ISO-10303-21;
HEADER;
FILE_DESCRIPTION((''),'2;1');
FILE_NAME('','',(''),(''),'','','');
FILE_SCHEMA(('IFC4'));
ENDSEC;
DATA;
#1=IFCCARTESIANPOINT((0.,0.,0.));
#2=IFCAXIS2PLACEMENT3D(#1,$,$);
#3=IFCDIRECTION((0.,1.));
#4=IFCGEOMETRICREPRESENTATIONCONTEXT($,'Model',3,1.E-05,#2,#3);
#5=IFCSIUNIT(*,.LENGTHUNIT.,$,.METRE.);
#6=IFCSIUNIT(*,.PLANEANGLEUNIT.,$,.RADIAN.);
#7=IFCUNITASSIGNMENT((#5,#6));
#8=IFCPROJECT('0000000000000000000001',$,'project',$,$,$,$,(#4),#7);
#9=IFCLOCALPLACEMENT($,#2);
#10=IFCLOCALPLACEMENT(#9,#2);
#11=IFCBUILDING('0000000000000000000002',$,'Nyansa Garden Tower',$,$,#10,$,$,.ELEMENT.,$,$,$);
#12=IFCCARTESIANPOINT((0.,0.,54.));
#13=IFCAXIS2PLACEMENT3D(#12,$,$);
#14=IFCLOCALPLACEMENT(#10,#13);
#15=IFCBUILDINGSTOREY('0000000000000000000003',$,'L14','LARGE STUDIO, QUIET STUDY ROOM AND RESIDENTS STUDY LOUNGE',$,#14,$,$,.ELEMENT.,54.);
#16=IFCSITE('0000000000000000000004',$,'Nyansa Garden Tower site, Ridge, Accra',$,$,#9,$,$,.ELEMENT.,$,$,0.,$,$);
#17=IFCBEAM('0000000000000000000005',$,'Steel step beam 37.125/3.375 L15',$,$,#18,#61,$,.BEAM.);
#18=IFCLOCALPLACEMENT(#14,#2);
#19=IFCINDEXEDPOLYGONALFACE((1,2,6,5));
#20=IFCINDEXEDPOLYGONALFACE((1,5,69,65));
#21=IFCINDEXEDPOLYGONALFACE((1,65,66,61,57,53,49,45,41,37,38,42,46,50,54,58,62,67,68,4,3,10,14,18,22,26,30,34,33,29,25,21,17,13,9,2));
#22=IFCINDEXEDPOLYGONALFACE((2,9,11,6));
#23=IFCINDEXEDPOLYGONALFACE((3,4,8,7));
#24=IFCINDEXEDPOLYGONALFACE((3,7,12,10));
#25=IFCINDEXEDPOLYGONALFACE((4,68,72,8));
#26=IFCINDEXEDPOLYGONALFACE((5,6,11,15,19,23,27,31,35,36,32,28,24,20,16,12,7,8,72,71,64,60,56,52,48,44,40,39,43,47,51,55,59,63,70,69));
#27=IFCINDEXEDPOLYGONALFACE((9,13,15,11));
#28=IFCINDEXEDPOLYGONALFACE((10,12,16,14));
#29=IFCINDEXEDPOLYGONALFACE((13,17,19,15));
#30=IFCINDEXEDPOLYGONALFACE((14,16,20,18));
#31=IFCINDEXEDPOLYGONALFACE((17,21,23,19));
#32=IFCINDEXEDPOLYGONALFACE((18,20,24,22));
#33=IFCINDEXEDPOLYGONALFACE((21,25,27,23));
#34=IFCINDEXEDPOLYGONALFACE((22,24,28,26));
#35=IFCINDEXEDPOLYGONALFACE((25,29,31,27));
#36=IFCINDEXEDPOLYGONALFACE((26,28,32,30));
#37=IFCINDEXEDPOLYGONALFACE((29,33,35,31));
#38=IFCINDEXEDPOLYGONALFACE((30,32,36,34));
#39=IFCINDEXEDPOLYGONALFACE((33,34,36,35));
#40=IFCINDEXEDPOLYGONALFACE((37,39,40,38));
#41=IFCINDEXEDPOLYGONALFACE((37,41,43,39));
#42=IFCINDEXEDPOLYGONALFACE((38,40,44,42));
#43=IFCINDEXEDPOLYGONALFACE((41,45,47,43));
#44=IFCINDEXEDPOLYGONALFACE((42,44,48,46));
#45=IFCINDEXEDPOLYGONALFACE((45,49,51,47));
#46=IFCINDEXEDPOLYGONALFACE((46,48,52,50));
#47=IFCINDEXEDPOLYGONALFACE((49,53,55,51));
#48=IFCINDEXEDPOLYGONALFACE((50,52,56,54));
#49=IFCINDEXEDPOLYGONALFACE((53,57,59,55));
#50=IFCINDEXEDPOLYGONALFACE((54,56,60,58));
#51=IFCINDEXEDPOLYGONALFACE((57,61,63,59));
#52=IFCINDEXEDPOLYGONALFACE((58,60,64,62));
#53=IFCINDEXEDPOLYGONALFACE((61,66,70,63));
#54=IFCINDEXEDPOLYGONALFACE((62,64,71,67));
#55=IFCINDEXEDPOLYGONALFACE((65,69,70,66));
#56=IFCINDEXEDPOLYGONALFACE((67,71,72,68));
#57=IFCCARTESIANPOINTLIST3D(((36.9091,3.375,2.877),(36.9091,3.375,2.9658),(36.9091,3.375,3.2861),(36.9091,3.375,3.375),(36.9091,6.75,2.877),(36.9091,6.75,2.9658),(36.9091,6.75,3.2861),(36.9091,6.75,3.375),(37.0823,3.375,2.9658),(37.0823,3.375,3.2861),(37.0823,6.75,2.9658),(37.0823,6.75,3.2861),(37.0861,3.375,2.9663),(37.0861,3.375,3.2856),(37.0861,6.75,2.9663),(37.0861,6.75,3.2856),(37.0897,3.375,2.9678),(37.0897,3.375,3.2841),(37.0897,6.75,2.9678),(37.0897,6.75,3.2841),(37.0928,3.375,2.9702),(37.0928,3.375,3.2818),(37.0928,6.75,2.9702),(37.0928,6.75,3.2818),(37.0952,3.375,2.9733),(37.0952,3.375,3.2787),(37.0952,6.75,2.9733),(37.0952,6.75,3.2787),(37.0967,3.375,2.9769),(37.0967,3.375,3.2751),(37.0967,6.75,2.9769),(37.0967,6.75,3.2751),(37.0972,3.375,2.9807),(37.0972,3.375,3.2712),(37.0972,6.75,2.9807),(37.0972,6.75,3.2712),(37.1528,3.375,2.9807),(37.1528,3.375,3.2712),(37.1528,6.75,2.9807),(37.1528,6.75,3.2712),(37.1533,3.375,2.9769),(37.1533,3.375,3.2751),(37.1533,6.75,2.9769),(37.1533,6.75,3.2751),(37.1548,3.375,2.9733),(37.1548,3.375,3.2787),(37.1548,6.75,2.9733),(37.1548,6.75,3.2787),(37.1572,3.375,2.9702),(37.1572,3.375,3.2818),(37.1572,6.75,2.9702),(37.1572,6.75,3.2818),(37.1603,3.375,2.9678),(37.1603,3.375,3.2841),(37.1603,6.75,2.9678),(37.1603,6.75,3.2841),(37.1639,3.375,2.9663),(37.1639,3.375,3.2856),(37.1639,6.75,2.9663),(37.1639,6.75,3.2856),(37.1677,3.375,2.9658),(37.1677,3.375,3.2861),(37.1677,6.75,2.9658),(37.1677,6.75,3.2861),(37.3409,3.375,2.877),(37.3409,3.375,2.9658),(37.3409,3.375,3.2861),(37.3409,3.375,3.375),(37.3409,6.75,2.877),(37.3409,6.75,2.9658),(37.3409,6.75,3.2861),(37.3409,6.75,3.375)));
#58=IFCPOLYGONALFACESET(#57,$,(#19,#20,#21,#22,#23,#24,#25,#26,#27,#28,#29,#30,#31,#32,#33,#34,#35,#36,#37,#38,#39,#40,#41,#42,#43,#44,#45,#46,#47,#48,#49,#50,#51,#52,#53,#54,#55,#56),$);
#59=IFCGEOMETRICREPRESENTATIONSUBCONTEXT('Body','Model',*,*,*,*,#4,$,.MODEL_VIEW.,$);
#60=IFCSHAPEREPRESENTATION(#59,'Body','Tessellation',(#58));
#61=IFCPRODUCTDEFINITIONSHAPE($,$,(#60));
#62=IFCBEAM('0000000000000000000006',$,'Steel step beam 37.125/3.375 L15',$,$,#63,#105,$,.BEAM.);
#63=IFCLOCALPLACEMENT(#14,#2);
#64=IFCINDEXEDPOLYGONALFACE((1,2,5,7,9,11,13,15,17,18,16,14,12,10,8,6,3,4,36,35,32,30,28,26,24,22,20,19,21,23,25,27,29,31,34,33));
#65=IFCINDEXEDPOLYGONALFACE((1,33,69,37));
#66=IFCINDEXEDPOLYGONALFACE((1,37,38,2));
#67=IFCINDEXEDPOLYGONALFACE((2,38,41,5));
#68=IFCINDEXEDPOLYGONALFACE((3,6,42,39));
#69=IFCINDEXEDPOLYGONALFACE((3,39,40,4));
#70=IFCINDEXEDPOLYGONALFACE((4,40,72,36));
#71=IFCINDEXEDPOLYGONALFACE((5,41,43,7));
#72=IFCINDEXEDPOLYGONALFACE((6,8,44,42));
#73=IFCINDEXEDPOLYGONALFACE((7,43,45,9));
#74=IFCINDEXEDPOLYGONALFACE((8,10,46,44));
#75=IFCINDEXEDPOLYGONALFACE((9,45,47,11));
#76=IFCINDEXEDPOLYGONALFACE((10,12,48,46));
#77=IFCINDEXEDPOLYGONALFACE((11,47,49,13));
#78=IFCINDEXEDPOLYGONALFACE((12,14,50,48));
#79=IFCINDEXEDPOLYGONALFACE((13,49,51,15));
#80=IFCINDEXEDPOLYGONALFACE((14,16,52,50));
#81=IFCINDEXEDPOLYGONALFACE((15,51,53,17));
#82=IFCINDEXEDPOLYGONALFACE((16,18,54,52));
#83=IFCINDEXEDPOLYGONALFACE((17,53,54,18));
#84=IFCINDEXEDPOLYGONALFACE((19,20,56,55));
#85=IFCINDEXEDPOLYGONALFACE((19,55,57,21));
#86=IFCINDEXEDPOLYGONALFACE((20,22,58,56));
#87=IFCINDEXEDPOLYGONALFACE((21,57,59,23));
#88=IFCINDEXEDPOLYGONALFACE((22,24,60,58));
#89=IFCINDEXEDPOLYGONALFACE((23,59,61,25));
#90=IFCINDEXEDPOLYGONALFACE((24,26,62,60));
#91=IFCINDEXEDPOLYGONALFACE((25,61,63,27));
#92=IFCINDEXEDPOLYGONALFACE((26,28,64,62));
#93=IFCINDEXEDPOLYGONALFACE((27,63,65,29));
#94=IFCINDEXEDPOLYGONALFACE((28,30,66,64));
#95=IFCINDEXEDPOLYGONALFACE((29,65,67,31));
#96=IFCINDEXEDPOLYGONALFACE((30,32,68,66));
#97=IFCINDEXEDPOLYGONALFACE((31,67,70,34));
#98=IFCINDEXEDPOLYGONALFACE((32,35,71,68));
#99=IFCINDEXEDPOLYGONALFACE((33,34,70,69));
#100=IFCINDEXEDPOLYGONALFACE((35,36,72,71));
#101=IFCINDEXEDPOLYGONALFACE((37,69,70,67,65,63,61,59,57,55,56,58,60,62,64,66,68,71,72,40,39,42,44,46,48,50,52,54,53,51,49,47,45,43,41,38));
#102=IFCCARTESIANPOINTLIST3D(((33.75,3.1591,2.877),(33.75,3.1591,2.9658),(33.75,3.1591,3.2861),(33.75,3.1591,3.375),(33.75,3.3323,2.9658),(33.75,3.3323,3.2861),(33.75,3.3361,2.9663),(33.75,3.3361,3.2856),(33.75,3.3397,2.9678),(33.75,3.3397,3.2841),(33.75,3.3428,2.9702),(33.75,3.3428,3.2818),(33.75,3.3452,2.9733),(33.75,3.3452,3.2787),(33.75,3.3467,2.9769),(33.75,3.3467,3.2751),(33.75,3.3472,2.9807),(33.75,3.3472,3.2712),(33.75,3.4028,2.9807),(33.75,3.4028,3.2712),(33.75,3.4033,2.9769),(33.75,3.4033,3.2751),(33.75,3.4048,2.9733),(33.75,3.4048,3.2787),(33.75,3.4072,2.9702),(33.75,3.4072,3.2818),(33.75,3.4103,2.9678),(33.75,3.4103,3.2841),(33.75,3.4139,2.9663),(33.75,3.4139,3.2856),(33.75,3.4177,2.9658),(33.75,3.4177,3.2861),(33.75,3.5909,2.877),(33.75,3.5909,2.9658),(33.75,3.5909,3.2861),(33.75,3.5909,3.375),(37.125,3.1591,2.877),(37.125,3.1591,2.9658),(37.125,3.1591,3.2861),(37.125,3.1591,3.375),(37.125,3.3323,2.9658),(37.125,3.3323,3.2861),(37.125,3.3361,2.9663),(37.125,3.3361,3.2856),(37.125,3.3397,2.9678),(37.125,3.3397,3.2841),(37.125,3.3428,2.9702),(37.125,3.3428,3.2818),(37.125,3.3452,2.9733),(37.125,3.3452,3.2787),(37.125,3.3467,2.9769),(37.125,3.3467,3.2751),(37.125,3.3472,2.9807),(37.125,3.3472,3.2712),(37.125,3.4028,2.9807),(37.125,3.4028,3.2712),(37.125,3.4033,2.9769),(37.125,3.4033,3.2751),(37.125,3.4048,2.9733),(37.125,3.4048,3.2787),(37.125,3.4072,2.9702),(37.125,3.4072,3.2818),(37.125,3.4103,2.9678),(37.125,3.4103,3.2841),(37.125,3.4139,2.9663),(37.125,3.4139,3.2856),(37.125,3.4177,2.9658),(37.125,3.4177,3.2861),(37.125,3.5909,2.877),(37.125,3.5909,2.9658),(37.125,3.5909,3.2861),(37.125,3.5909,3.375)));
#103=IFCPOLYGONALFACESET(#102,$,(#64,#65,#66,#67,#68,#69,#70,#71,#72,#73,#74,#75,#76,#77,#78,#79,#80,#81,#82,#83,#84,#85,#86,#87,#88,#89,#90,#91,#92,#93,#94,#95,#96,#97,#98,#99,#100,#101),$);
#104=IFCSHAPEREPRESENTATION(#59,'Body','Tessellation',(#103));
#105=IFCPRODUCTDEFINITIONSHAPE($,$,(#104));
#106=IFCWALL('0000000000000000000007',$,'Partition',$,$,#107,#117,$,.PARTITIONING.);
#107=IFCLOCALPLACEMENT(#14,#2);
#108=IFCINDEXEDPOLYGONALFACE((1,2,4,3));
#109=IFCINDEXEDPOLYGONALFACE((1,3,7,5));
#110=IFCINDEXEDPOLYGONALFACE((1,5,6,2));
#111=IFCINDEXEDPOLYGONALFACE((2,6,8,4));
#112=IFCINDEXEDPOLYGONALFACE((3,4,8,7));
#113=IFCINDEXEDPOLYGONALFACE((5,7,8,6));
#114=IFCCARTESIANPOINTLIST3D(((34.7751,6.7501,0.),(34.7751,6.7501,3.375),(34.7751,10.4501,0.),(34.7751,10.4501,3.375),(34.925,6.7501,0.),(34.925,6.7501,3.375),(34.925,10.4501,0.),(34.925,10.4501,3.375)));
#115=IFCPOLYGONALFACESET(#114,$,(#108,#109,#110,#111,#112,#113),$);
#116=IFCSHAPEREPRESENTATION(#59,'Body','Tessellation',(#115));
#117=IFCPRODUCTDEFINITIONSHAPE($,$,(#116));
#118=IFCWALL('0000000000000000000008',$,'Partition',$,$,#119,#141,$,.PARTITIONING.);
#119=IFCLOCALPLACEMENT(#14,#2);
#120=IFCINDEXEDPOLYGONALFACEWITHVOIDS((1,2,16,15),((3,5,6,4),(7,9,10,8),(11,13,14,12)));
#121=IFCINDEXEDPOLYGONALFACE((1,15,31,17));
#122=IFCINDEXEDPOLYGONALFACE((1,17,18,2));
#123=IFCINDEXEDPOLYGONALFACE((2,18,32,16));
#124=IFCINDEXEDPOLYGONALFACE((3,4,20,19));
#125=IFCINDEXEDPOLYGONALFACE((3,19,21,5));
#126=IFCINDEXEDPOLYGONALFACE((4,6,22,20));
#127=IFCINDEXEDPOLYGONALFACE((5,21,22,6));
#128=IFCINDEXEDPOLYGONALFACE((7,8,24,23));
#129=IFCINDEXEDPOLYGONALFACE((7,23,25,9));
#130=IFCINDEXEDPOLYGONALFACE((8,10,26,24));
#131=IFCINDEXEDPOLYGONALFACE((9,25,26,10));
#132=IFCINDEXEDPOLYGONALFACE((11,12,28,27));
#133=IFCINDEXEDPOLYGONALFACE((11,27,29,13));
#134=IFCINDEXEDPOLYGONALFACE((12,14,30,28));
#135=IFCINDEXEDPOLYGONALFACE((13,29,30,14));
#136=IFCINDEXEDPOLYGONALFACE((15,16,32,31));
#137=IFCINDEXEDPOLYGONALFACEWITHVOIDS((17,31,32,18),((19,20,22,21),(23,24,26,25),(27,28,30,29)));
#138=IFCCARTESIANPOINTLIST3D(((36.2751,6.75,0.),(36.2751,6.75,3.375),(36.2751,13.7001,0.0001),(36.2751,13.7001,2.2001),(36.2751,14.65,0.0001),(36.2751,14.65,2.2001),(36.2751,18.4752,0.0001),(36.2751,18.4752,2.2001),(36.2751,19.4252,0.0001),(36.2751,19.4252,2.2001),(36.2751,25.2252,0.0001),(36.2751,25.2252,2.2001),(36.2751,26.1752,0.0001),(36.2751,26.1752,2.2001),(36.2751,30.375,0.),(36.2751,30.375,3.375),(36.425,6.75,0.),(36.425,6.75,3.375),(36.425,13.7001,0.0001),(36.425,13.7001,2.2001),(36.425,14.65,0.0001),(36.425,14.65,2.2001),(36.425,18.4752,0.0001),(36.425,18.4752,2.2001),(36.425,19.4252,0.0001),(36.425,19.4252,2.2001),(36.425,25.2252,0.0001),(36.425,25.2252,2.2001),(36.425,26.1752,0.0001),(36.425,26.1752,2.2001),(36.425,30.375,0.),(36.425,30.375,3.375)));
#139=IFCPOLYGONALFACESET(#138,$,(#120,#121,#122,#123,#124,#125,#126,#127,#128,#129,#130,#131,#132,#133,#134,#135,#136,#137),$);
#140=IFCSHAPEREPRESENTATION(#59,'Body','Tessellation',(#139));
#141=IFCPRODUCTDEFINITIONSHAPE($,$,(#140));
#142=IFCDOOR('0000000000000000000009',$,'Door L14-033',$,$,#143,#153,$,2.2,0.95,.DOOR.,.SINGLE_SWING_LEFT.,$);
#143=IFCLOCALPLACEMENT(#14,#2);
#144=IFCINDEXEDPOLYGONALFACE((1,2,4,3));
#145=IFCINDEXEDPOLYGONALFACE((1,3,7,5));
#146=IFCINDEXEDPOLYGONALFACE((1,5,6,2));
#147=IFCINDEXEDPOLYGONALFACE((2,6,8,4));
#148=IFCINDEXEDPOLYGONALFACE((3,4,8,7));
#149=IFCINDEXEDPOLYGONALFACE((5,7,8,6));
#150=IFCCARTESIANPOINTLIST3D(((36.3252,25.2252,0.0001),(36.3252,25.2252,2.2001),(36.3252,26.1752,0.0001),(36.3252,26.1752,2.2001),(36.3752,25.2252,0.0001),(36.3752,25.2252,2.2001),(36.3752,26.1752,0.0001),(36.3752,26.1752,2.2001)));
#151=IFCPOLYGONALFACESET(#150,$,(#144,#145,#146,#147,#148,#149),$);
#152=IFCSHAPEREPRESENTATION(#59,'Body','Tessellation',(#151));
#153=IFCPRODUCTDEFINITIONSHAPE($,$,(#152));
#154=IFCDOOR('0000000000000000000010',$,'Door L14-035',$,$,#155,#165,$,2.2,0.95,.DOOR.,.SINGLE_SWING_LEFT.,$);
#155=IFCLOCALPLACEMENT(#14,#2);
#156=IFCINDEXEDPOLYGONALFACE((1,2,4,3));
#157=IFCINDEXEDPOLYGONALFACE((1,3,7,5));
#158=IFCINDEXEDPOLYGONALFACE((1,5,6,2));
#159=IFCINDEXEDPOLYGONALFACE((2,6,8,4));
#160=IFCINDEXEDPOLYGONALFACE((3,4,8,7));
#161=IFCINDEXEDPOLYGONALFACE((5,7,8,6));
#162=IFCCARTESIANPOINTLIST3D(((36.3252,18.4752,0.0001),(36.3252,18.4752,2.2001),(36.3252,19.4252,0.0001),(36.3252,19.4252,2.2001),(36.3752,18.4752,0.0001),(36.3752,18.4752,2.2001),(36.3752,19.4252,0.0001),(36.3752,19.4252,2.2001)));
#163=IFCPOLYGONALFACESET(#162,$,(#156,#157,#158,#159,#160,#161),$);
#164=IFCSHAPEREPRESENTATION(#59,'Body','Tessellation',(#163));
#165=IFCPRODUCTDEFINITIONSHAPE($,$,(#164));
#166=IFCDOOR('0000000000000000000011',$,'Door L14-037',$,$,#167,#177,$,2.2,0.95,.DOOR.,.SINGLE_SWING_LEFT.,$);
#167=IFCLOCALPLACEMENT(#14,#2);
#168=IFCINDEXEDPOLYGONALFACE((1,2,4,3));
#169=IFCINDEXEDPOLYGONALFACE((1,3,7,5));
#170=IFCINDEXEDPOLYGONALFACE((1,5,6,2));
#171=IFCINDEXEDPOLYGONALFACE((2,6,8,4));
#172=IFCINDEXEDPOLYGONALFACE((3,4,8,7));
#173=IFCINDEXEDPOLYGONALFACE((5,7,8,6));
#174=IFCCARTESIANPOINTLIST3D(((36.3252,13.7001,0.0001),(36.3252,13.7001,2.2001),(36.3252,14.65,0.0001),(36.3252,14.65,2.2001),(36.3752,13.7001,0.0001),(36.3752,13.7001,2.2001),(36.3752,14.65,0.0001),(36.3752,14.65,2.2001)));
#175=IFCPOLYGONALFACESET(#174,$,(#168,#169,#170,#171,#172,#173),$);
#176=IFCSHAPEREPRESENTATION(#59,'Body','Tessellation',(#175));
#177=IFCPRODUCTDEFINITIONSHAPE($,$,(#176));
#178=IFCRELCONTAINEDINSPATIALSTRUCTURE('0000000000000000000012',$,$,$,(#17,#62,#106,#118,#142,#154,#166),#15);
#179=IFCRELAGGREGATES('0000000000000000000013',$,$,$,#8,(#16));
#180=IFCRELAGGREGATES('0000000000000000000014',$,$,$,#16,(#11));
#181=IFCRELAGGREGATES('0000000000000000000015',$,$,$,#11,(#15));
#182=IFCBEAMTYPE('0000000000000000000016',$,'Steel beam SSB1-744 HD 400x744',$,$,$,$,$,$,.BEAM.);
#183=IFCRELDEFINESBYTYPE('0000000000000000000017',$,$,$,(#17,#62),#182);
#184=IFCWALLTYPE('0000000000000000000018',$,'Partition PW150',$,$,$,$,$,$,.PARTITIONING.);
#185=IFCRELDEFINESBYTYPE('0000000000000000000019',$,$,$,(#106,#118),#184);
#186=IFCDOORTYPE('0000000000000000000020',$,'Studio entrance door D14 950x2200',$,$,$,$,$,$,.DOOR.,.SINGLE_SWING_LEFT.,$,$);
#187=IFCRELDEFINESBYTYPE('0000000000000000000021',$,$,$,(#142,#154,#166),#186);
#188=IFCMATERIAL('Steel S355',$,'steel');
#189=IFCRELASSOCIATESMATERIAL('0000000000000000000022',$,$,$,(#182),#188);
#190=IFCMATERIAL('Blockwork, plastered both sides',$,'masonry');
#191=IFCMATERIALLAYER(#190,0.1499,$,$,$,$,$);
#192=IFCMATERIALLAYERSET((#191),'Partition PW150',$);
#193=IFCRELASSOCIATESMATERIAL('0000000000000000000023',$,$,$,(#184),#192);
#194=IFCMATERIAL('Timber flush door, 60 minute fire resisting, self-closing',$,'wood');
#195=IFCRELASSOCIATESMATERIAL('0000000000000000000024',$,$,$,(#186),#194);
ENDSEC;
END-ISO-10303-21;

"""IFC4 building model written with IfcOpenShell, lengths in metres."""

from ifc_helpers import new_model, si_unit, direction, frame, frame_2d, origin, origin_2d, place, context, subcontext, project, spatial, rectangle, i_section, extrude, material, layer, layer_set, material_profile, profile_set, type_object, element, fill, save


model = new_model("IFC4")

# Units and contexts
model_context = context("Model", 3, precision=1e-05, world=origin(), true_north=direction((0.0, 1.0)))
body_context = subcontext(model_context, "Body", "Model", "MODEL_VIEW")
ifc_project = project(units=[si_unit("LENGTHUNIT", "METRE"), si_unit("PLANEANGLEUNIT", "RADIAN")], contexts=[model_context])

# Site, building, storey
site_placement = place(None, origin())
site = spatial("IfcSite", under=ifc_project, at=site_placement, Name="Nyansa Garden Tower site, Ridge, Accra", CompositionType="ELEMENT", RefElevation=0.0)
building_placement = place(site_placement, origin())
building = spatial("IfcBuilding", under=site, at=building_placement, Name="Nyansa Garden Tower", CompositionType="ELEMENT")
storey_placement = place(building_placement, frame((0.0, 0.0, 54.0)))
storey = spatial("IfcBuildingStorey", under=building, at=storey_placement, Name="L14", Description="LARGE STUDIO, QUIET STUDY ROOM AND RESIDENTS STUDY LOUNGE", CompositionType="ELEMENT", Elevation=54.0)

# Beams
ifc_material_1 = material(Name="Steel S355", Category="steel")
ifc_material_profile_1 = material_profile(ifc_material_1, i_section(OverallWidth=0.4319, OverallDepth=0.498, WebThickness=0.0557, FlangeThickness=0.0889, FilletRadius=0.0149, at=origin_2d()), Name="HD 400x744")
ifc_profile_set_1 = profile_set([ifc_material_profile_1], Name="Steel S355")
beam_type_1 = type_object("IfcBeamType", Name="Steel beam SSB1-744 HD 400x744", PredefinedType="BEAM", material=ifc_profile_set_1)
for number, where, z_axis, x_axis, name in (
    (1, (37.125, 3.375, 3.126), (0.0, 1.0, 0.0), (-1.0, 0.0, 0.0), "Steel step beam 37.125/3.375 L15"),
    (2, (37.125, 3.375, 3.126), (-1.0, 0.0, 0.0), (0.0, -1.0, 0.0), "Steel step beam 37.125/3.375 L15"),
):
    element("IfcBeam", number, at=place(storey_placement, frame(where, z_axis=z_axis, x_axis=x_axis)), inside=storey, type_object=beam_type_1, Name=name, PredefinedType="BEAM", context=body_context, shape_type="SweptSolid", body=[
        extrude(i_section(OverallWidth=0.4319, OverallDepth=0.498, WebThickness=0.0557, FlangeThickness=0.0889, FilletRadius=0.0149, at=origin_2d()), origin(), (0.0, 0.0, 1.0), 3.375),
    ])

# Wall
ifc_material_2 = material(Name="Blockwork, plastered both sides", Category="masonry")
ifc_layer_1 = layer(ifc_material_2, 0.1499)
ifc_layer_set_1 = layer_set([ifc_layer_1], Name="Partition PW150")
wall_type_1 = type_object("IfcWallType", Name="Partition PW150", PredefinedType="PARTITIONING", material=ifc_layer_set_1)
wall_1_placement = place(storey_placement, frame((34.8501, 6.75, 0.0), z_axis=(0.0, 0.0, 1.0), x_axis=(0.0, 1.0, 0.0)))
element("IfcWall", 3, at=wall_1_placement, inside=storey, type_object=wall_type_1, Name="Partition", PredefinedType="PARTITIONING", context=body_context, shape_type="SweptSolid", body=[
    extrude(rectangle(XDim=3.7, YDim=0.1499, at=frame_2d((1.8501, 0.0))), origin(), (0.0, 0.0, 1.0), 3.375),
])

# Wall, openings, doors
wall_2_placement = place(storey_placement, frame((36.3501, 6.75, 0.0), z_axis=(0.0, 0.0, 1.0), x_axis=(0.0, 1.0, 0.0)))
wall_2 = element("IfcWall", 4, at=wall_2_placement, inside=storey, type_object=wall_type_1, Name="Partition", PredefinedType="PARTITIONING", context=body_context, shape_type="SweptSolid", body=[
    extrude(rectangle(XDim=23.625, YDim=0.1499, at=frame_2d((11.8125, 0.0))), origin(), (0.0, 0.0, 1.0), 3.375),
])
opening_1_placement = place(wall_2_placement, frame((18.4751, 0.0, 0.0)))
opening_1 = element("IfcOpeningElement", 5, at=opening_1_placement, cuts=wall_2, PredefinedType="OPENING", context=body_context, shape_type="SweptSolid", body=[
    extrude(rectangle(XDim=0.95, YDim=2.2, at=frame_2d((0.4751, 1.1001))), frame((0.0, 0.085, 0.0), z_axis=(0.0, -1.0, 0.0), x_axis=(1.0, 0.0, 0.0)), (0.0, 0.0, 1.0), 0.1699),
])
opening_2_placement = place(wall_2_placement, frame((11.7251, 0.0, 0.0)))
opening_2 = element("IfcOpeningElement", 6, at=opening_2_placement, cuts=wall_2, PredefinedType="OPENING", context=body_context, shape_type="SweptSolid", body=[
    extrude(rectangle(XDim=0.95, YDim=2.2, at=frame_2d((0.4751, 1.1001))), frame((0.0, 0.085, 0.0), z_axis=(0.0, -1.0, 0.0), x_axis=(1.0, 0.0, 0.0)), (0.0, 0.0, 1.0), 0.1699),
])
opening_3_placement = place(wall_2_placement, frame((6.95, 0.0, 0.0)))
opening_3 = element("IfcOpeningElement", 7, at=opening_3_placement, cuts=wall_2, PredefinedType="OPENING", context=body_context, shape_type="SweptSolid", body=[
    extrude(rectangle(XDim=0.95, YDim=2.2, at=frame_2d((0.4751, 1.1001))), frame((0.0, 0.085, 0.0), z_axis=(0.0, -1.0, 0.0), x_axis=(1.0, 0.0, 0.0)), (0.0, 0.0, 1.0), 0.1699),
])
ifc_material_3 = material(Name="Timber flush door, 60 minute fire resisting, self-closing", Category="wood")
door_type = type_object("IfcDoorType", Name="Studio entrance door D14 950x2200", OperationType="SINGLE_SWING_LEFT", PredefinedType="DOOR", material=ifc_material_3)
door_1_placement = place(opening_1_placement, origin())
door_1 = element("IfcDoor", 8, at=door_1_placement, inside=storey, type_object=door_type, Name="Door L14-033", OperationType="SINGLE_SWING_LEFT", OverallHeight=2.2, OverallWidth=0.95, PredefinedType="DOOR", context=body_context, shape_type="SweptSolid", body=[
    extrude(rectangle(XDim=0.95, YDim=2.2, at=frame_2d((0.4751, 1.1001))), frame((0.0, 0.0249, 0.0), z_axis=(0.0, -1.0, 0.0), x_axis=(1.0, 0.0, 0.0)), (0.0, 0.0, 1.0), 0.05),
])
fill(opening_1, door_1)
door_2_placement = place(opening_2_placement, origin())
door_2 = element("IfcDoor", 9, at=door_2_placement, inside=storey, type_object=door_type, Name="Door L14-035", OperationType="SINGLE_SWING_LEFT", OverallHeight=2.2, OverallWidth=0.95, PredefinedType="DOOR", context=body_context, shape_type="SweptSolid", body=[
    extrude(rectangle(XDim=0.95, YDim=2.2, at=frame_2d((0.4751, 1.1001))), frame((0.0, 0.0249, 0.0), z_axis=(0.0, -1.0, 0.0), x_axis=(1.0, 0.0, 0.0)), (0.0, 0.0, 1.0), 0.05),
])
fill(opening_2, door_2)
door_3_placement = place(opening_3_placement, origin())
door_3 = element("IfcDoor", 10, at=door_3_placement, inside=storey, type_object=door_type, Name="Door L14-037", OperationType="SINGLE_SWING_LEFT", OverallHeight=2.2, OverallWidth=0.95, PredefinedType="DOOR", context=body_context, shape_type="SweptSolid", body=[
    extrude(rectangle(XDim=0.95, YDim=2.2, at=frame_2d((0.4751, 1.1001))), frame((0.0, 0.0249, 0.0), z_axis=(0.0, -1.0, 0.0), x_axis=(1.0, 0.0, 0.0)), (0.0, 0.0, 1.0), 0.05),
])
fill(opening_3, door_3)

save(model, "model.ifc")
